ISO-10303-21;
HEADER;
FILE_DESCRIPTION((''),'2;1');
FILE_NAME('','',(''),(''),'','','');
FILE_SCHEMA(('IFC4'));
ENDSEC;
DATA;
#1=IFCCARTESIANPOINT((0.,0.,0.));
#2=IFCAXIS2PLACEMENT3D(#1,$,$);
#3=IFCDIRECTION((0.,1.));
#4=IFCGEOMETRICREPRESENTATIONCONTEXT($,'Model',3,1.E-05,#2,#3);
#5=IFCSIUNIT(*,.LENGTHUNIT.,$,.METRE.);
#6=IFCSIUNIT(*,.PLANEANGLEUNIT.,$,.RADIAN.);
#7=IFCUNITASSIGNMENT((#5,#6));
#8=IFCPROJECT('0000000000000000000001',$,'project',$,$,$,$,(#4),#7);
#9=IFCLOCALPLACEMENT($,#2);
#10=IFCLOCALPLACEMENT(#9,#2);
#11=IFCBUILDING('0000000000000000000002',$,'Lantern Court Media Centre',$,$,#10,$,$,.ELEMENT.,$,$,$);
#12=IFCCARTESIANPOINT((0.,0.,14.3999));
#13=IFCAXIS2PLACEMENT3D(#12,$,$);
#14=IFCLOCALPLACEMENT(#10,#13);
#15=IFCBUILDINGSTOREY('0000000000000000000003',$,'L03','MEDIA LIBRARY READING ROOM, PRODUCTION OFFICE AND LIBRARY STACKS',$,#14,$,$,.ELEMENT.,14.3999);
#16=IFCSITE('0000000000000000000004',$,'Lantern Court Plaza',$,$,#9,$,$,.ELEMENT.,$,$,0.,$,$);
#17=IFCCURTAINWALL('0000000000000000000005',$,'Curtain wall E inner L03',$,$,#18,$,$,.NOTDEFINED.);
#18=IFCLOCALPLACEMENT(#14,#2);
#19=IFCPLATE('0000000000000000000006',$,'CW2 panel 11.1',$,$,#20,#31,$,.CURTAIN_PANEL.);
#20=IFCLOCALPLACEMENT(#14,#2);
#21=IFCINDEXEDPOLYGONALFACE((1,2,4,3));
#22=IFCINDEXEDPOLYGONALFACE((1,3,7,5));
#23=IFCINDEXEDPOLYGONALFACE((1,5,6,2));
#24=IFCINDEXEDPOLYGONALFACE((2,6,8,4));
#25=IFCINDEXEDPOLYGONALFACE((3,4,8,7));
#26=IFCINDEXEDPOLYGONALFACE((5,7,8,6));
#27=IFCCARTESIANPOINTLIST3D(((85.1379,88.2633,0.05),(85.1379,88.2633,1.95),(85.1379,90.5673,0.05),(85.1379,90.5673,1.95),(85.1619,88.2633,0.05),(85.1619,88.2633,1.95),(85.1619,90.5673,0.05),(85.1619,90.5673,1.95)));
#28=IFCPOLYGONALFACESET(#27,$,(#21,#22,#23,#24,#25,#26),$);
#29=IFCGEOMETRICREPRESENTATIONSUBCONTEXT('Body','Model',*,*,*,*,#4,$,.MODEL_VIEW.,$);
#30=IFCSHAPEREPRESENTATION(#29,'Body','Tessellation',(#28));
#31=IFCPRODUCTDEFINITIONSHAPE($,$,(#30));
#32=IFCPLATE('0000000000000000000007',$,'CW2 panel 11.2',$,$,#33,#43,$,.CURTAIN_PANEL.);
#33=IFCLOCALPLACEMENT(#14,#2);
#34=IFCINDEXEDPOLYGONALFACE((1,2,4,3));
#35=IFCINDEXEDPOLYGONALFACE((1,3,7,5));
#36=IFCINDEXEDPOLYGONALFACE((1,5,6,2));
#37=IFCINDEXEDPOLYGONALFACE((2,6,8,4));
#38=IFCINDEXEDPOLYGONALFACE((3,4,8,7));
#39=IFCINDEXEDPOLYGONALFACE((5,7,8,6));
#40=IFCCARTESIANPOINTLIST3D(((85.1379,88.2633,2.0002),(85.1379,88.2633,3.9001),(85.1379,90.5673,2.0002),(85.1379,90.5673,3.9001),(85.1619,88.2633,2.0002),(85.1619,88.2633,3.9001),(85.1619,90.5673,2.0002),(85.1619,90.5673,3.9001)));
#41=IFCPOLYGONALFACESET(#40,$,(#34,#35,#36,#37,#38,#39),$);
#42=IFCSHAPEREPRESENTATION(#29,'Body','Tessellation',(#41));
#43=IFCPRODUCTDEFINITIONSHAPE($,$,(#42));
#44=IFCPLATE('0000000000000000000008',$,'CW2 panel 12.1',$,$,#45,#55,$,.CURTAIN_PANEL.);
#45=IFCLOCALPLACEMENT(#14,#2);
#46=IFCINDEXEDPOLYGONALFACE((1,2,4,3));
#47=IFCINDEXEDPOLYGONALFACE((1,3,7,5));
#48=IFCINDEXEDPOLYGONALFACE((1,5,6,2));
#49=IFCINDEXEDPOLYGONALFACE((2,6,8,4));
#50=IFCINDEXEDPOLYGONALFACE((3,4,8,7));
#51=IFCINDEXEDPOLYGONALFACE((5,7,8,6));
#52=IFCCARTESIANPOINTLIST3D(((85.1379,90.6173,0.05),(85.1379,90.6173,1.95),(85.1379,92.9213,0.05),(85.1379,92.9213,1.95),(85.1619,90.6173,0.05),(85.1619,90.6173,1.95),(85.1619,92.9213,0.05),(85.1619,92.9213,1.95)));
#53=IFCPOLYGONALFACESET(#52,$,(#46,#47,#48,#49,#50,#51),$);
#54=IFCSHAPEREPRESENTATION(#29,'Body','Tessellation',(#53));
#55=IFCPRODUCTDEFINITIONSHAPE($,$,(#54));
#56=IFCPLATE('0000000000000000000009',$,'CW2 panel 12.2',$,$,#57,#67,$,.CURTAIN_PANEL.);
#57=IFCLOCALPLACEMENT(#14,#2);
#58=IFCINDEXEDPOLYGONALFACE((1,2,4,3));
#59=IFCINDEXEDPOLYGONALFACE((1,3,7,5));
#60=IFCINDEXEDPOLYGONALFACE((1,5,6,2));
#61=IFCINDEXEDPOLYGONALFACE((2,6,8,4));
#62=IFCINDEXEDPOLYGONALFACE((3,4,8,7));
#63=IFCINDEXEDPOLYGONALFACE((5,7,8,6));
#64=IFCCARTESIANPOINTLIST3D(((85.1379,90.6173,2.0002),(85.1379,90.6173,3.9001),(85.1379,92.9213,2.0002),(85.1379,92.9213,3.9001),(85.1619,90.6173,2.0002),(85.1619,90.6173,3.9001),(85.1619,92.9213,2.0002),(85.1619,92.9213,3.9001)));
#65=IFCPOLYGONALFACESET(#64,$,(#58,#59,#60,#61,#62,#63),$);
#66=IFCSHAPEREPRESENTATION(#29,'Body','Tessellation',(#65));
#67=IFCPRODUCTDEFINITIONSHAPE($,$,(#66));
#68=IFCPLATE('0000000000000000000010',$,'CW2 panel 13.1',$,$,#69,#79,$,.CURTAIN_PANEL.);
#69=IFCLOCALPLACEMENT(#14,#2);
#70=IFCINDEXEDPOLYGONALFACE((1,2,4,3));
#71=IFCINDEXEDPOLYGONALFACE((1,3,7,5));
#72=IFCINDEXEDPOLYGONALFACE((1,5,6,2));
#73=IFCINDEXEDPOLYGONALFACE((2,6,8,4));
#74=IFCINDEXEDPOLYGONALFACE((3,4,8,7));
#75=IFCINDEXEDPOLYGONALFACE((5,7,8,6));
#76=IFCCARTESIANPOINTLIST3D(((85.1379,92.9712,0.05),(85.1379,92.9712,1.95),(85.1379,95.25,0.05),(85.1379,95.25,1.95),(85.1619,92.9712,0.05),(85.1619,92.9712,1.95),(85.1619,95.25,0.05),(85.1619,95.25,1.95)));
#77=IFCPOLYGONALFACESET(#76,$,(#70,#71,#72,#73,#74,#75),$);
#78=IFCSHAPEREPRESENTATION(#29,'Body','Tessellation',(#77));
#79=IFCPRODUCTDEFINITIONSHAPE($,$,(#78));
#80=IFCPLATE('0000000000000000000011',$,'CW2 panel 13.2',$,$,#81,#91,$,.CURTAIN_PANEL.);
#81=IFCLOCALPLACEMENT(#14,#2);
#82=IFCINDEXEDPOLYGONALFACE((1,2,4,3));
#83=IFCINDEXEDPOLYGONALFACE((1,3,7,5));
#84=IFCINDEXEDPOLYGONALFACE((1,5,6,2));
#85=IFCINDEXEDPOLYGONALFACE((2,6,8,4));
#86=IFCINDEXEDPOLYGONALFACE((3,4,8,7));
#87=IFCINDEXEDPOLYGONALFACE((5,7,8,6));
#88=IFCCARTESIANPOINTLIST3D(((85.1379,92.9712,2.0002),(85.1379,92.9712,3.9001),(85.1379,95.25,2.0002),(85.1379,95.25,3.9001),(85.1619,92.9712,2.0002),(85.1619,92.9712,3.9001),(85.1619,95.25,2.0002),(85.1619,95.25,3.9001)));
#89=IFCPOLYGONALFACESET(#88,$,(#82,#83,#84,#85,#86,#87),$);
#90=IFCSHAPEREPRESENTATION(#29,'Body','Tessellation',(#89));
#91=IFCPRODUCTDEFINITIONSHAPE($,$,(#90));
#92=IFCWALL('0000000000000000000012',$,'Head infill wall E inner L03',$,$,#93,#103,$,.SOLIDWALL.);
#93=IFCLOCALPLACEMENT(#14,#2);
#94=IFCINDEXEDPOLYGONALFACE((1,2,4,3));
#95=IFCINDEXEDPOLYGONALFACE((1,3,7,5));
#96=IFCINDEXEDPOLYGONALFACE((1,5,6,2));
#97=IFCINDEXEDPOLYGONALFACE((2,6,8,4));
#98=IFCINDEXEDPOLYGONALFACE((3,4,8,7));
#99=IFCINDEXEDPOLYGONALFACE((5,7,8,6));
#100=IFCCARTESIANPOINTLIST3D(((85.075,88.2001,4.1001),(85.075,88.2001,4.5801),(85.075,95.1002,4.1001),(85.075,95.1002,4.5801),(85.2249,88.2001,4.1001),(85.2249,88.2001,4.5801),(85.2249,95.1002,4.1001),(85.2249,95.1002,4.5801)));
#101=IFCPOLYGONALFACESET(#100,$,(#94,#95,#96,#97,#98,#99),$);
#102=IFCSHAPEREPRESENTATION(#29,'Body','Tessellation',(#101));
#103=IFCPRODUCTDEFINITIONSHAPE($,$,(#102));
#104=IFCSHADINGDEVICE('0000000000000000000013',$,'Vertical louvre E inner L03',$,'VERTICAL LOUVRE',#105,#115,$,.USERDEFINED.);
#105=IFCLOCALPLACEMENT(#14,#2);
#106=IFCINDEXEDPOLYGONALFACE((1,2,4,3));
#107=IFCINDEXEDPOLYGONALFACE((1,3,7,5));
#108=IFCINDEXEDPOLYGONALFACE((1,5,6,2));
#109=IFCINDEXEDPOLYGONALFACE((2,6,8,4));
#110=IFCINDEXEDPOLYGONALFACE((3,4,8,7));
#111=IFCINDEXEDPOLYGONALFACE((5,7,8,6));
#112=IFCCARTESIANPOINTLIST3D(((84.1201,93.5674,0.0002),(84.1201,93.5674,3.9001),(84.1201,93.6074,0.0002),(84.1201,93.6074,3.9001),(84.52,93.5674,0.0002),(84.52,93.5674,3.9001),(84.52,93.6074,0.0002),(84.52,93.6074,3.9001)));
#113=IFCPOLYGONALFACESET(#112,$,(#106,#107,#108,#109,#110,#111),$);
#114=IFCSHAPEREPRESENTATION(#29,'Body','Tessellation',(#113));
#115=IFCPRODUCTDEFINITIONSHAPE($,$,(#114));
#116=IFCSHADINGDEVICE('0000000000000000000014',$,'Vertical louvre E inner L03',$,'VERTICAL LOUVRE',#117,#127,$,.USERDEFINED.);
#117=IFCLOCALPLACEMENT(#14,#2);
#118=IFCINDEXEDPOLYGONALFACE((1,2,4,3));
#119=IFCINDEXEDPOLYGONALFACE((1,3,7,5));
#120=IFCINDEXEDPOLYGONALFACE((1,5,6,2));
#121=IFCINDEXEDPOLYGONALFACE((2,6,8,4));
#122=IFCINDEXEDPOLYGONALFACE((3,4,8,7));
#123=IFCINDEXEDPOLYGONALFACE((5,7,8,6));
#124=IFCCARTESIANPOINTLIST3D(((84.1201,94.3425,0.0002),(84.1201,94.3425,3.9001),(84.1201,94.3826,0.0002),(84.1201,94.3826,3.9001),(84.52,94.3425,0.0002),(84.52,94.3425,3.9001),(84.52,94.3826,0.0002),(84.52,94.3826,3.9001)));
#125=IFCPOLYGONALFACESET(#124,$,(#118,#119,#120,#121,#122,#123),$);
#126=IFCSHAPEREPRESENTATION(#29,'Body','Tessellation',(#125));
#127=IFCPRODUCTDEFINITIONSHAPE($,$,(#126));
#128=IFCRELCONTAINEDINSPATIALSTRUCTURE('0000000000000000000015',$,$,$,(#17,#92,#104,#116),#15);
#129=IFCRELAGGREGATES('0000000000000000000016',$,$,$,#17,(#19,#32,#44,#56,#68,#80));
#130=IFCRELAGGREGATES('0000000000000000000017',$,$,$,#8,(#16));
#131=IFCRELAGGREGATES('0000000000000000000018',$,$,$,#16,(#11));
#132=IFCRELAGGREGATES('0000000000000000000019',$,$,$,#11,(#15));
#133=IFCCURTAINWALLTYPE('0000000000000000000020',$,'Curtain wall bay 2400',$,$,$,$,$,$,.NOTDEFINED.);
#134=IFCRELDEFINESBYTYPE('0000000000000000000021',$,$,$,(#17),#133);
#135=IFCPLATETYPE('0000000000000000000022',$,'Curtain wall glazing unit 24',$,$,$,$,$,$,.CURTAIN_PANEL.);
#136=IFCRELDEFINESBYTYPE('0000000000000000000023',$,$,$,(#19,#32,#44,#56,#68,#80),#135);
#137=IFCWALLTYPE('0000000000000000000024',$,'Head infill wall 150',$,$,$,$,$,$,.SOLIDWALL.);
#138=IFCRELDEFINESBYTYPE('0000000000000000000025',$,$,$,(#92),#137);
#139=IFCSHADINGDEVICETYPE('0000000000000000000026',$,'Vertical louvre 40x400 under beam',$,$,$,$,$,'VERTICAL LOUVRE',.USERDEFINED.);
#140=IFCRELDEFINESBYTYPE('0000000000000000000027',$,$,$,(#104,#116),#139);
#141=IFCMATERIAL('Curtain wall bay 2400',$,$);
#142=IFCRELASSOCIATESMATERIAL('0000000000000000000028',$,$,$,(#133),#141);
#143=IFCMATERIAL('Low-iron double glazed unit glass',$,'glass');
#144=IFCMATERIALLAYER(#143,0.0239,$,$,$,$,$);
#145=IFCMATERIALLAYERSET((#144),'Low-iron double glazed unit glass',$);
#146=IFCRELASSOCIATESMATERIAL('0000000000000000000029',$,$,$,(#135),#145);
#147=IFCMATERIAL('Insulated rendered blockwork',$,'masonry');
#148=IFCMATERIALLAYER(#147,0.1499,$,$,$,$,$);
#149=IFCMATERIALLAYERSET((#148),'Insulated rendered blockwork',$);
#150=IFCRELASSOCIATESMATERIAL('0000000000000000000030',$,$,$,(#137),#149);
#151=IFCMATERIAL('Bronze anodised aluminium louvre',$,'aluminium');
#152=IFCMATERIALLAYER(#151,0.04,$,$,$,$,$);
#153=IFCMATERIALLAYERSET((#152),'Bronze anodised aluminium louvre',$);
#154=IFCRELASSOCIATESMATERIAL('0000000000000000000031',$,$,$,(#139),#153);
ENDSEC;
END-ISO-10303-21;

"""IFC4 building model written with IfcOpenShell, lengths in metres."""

from ifc_helpers import new_model, si_unit, direction, frame, frame_2d, origin, origin_2d, place, context, subcontext, project, spatial, rectangle, extrude, material, layer, layer_set, type_object, element, aggregate, save


model = new_model("IFC4")

# Units and contexts
model_context = context("Model", 3, precision=1e-05, world=origin(), true_north=direction((0.0, 1.0)))
body_context = subcontext(model_context, "Body", "Model", "MODEL_VIEW")
ifc_project = project(units=[si_unit("LENGTHUNIT", "METRE"), si_unit("PLANEANGLEUNIT", "RADIAN")], contexts=[model_context])

# Site, building, storey
site_placement = place(None, origin())
site = spatial("IfcSite", under=ifc_project, at=site_placement, Name="Lantern Court Plaza", CompositionType="ELEMENT", RefElevation=0.0)
building_placement = place(site_placement, origin())
building = spatial("IfcBuilding", under=site, at=building_placement, Name="Lantern Court Media Centre", CompositionType="ELEMENT")
storey_placement = place(building_placement, frame((0.0, 0.0, 14.3999)))
storey = spatial("IfcBuildingStorey", under=building, at=storey_placement, Name="L03", Description="MEDIA LIBRARY READING ROOM, PRODUCTION OFFICE AND LIBRARY STACKS", CompositionType="ELEMENT", Elevation=14.3999)

# Curtain wall
ifc_material_1 = material(Name="Curtain wall bay 2400")
curtain_wall_type = type_object("IfcCurtainWallType", Name="Curtain wall bay 2400", PredefinedType="NOTDEFINED", material=ifc_material_1)
curtain_wall_placement = place(storey_placement, origin())
curtain_wall = element("IfcCurtainWall", 1, at=curtain_wall_placement, inside=storey, type_object=curtain_wall_type, Name="Curtain wall E inner L03", PredefinedType="NOTDEFINED")

# Plates
ifc_material_2 = material(Name="Low-iron double glazed unit glass", Category="glass")
ifc_layer_1 = layer(ifc_material_2, 0.0239)
ifc_layer_set_1 = layer_set([ifc_layer_1], Name="Low-iron double glazed unit glass")
plate_type = type_object("IfcPlateType", Name="Curtain wall glazing unit 24", PredefinedType="CURTAIN_PANEL", material=ifc_layer_set_1)
plate_1_placement = place(storey_placement, frame((85.1499, 89.4153, 0.05), z_axis=(0.0, 0.0, 1.0), x_axis=(0.0, 1.0, 0.0)))
plate_1 = element("IfcPlate", 2, at=plate_1_placement, type_object=plate_type, Name="CW2 panel 11.1", PredefinedType="CURTAIN_PANEL", context=body_context, shape_type="SweptSolid", body=[
    extrude(rectangle(XDim=2.304, YDim=0.0239, at=origin_2d()), origin(), (0.0, 0.0, 1.0), 1.8999),
])
plate_2_placement = place(storey_placement, frame((85.1499, 89.4153, 2.0002), z_axis=(0.0, 0.0, 1.0), x_axis=(0.0, 1.0, 0.0)))
plate_2 = element("IfcPlate", 3, at=plate_2_placement, type_object=plate_type, Name="CW2 panel 11.2", PredefinedType="CURTAIN_PANEL", context=body_context, shape_type="SweptSolid", body=[
    extrude(rectangle(XDim=2.304, YDim=0.0239, at=origin_2d()), origin(), (0.0, 0.0, 1.0), 1.8999),
])
plate_3_placement = place(storey_placement, frame((85.1499, 91.7693, 0.05), z_axis=(0.0, 0.0, 1.0), x_axis=(0.0, 1.0, 0.0)))
plate_3 = element("IfcPlate", 4, at=plate_3_placement, type_object=plate_type, Name="CW2 panel 12.1", PredefinedType="CURTAIN_PANEL", context=body_context, shape_type="SweptSolid", body=[
    extrude(rectangle(XDim=2.304, YDim=0.0239, at=origin_2d()), origin(), (0.0, 0.0, 1.0), 1.8999),
])
plate_4_placement = place(storey_placement, frame((85.1499, 91.7693, 2.0002), z_axis=(0.0, 0.0, 1.0), x_axis=(0.0, 1.0, 0.0)))
plate_4 = element("IfcPlate", 5, at=plate_4_placement, type_object=plate_type, Name="CW2 panel 12.2", PredefinedType="CURTAIN_PANEL", context=body_context, shape_type="SweptSolid", body=[
    extrude(rectangle(XDim=2.304, YDim=0.0239, at=origin_2d()), origin(), (0.0, 0.0, 1.0), 1.8999),
])
plate_5_placement = place(storey_placement, frame((85.1499, 94.1106, 0.05), z_axis=(0.0, 0.0, 1.0), x_axis=(0.0, 1.0, 0.0)))
plate_5 = element("IfcPlate", 6, at=plate_5_placement, type_object=plate_type, Name="CW2 panel 13.1", PredefinedType="CURTAIN_PANEL", context=body_context, shape_type="SweptSolid", body=[
    extrude(rectangle(XDim=2.2788, YDim=0.0239, at=origin_2d()), origin(), (0.0, 0.0, 1.0), 1.8999),
])
plate_6_placement = place(storey_placement, frame((85.1499, 94.1106, 2.0002), z_axis=(0.0, 0.0, 1.0), x_axis=(0.0, 1.0, 0.0)))
plate_6 = element("IfcPlate", 7, at=plate_6_placement, type_object=plate_type, Name="CW2 panel 13.2", PredefinedType="CURTAIN_PANEL", context=body_context, shape_type="SweptSolid", body=[
    extrude(rectangle(XDim=2.2788, YDim=0.0239, at=origin_2d()), origin(), (0.0, 0.0, 1.0), 1.8999),
])
aggregate(curtain_wall, [plate_1, plate_2, plate_3, plate_4, plate_5, plate_6])

# Wall
ifc_material_3 = material(Name="Insulated rendered blockwork", Category="masonry")
ifc_layer_2 = layer(ifc_material_3, 0.1499)
ifc_layer_set_2 = layer_set([ifc_layer_2], Name="Insulated rendered blockwork")
wall_type = type_object("IfcWallType", Name="Head infill wall 150", PredefinedType="SOLIDWALL", material=ifc_layer_set_2)
wall_placement = place(storey_placement, frame((85.1499, 88.2, 4.1001), z_axis=(0.0, 0.0, 1.0), x_axis=(0.0, 1.0, 0.0)))
element("IfcWall", 8, at=wall_placement, inside=storey, type_object=wall_type, Name="Head infill wall E inner L03", PredefinedType="SOLIDWALL", context=body_context, shape_type="SweptSolid", body=[
    extrude(rectangle(XDim=6.9001, YDim=0.1499, at=frame_2d((3.4502, 0.0))), origin(), (0.0, 0.0, 1.0), 0.48),
])

# Shading devices
ifc_material_4 = material(Name="Bronze anodised aluminium louvre", Category="aluminium")
ifc_layer_3 = layer(ifc_material_4, 0.04)
ifc_layer_set_3 = layer_set([ifc_layer_3], Name="Bronze anodised aluminium louvre")
shading_device_type = type_object("IfcShadingDeviceType", Name="Vertical louvre 40x400 under beam", ElementType="VERTICAL LOUVRE", PredefinedType="USERDEFINED", material=ifc_layer_set_3)
for number, where, z_axis, x_axis, name in (
    (9, (84.3201, 93.5874, 0.0002), (0.0, 0.0, 1.0), (1.0, 0.0, 0.0), "Vertical louvre E inner L03"),
    (10, (84.3201, 94.3625, 0.0002), (0.0, 0.0, 1.0), (1.0, 0.0, 0.0), "Vertical louvre E inner L03"),
):
    element("IfcShadingDevice", number, at=place(storey_placement, frame(where, z_axis=z_axis, x_axis=x_axis)), inside=storey, type_object=shading_device_type, Name=name, ObjectType="VERTICAL LOUVRE", PredefinedType="USERDEFINED", context=body_context, shape_type="SweptSolid", body=[
        extrude(rectangle(XDim=0.3999, YDim=0.04, at=origin_2d()), origin(), (0.0, 0.0, 1.0), 3.8999),
    ])

save(model, "model.ifc")
